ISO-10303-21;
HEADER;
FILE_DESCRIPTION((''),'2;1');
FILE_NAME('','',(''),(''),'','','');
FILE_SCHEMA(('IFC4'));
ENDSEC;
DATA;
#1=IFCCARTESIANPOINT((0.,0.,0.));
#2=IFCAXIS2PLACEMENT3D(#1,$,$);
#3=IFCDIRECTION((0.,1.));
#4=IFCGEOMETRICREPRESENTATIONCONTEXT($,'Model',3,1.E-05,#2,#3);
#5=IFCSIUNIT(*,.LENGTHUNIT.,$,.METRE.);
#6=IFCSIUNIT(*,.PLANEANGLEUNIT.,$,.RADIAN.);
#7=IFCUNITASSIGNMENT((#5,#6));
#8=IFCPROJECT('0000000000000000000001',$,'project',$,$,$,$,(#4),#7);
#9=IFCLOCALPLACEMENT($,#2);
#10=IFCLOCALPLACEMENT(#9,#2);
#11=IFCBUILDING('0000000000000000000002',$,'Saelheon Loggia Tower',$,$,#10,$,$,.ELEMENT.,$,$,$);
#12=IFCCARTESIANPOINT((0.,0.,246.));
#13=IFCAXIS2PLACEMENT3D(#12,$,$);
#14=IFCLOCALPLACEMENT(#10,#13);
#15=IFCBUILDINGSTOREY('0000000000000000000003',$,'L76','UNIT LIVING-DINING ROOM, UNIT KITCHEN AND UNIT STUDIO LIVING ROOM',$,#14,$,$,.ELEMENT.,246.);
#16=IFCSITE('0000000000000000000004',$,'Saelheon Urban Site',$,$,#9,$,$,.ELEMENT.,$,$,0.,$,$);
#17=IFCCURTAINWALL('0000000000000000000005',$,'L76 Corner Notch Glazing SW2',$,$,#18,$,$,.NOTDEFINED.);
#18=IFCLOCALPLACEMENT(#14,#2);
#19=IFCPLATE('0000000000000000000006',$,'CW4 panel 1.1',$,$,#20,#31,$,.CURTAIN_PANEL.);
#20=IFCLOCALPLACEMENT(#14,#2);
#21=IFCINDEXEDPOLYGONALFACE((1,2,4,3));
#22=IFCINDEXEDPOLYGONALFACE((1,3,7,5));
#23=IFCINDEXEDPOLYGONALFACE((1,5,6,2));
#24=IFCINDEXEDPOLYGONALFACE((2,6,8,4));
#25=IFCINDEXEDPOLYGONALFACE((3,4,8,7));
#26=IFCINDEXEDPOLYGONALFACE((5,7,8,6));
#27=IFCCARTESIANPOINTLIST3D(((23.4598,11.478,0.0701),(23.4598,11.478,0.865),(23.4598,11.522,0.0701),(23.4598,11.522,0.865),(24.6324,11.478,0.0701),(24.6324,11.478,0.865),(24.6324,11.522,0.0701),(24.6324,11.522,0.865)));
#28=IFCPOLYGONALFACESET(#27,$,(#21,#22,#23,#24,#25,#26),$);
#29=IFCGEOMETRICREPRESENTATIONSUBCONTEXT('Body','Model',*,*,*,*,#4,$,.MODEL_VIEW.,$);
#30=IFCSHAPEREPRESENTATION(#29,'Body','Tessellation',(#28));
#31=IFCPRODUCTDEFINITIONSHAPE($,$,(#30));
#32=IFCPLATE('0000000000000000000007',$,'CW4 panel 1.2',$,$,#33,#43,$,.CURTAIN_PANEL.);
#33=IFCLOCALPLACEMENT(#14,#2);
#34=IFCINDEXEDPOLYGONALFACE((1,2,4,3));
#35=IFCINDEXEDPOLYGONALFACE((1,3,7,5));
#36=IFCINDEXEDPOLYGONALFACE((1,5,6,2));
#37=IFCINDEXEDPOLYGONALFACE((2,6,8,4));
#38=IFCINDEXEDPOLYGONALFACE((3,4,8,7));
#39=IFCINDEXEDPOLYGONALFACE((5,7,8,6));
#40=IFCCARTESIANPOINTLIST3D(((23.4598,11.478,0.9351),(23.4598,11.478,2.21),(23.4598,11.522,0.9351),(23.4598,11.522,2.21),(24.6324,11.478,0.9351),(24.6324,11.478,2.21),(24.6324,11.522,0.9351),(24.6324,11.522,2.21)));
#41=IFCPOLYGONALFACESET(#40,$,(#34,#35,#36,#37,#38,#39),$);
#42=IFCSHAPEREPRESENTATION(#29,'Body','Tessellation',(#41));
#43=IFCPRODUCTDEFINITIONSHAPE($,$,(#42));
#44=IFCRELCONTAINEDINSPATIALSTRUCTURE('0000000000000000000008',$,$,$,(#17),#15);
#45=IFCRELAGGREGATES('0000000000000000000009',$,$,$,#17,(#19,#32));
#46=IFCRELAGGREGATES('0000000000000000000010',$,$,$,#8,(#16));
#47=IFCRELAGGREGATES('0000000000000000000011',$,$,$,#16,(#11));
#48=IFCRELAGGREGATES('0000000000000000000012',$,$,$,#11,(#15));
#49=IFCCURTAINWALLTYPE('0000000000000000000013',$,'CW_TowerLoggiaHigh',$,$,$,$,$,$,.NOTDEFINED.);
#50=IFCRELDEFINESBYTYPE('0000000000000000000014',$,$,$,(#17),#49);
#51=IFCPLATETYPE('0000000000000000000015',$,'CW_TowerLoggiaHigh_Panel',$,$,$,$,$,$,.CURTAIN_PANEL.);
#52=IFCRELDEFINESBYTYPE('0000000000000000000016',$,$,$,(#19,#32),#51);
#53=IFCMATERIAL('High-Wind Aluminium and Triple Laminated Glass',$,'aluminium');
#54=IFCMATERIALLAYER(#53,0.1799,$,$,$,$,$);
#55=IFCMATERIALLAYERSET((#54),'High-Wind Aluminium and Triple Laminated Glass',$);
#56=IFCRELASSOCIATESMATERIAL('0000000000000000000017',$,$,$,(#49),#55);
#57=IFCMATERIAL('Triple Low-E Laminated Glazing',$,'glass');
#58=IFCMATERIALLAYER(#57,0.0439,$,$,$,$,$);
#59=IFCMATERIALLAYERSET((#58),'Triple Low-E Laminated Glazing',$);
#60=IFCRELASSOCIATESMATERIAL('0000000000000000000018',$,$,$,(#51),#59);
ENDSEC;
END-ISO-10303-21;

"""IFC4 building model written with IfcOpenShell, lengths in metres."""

from ifc_helpers import new_model, si_unit, direction, frame, origin, origin_2d, place, context, subcontext, project, spatial, rectangle, extrude, source, transform, mapped, material, layer, layer_set, type_object, element, aggregate, save


model = new_model("IFC4")

# Units and contexts
model_context = context("Model", 3, precision=1e-05, world=origin(), true_north=direction((0.0, 1.0)))
body_context = subcontext(model_context, "Body", "Model", "MODEL_VIEW")
ifc_project = project(units=[si_unit("LENGTHUNIT", "METRE"), si_unit("PLANEANGLEUNIT", "RADIAN")], contexts=[model_context])

# Site, building, storey
site_placement = place(None, origin())
site = spatial("IfcSite", under=ifc_project, at=site_placement, Name="Saelheon Urban Site", CompositionType="ELEMENT", RefElevation=0.0)
building_placement = place(site_placement, origin())
building = spatial("IfcBuilding", under=site, at=building_placement, Name="Saelheon Loggia Tower", CompositionType="ELEMENT")
storey_placement = place(building_placement, frame((0.0, 0.0, 246.0)))
storey = spatial("IfcBuildingStorey", under=building, at=storey_placement, Name="L76", Description="UNIT LIVING-DINING ROOM, UNIT KITCHEN AND UNIT STUDIO LIVING ROOM", CompositionType="ELEMENT", Elevation=246.0)

# Curtain wall, plates
ifc_material_1 = material(Name="High-Wind Aluminium and Triple Laminated Glass", Category="aluminium")
ifc_layer_1 = layer(ifc_material_1, 0.1799)
ifc_layer_set_1 = layer_set([ifc_layer_1], Name="High-Wind Aluminium and Triple Laminated Glass")
curtain_wall_type = type_object("IfcCurtainWallType", Name="CW_TowerLoggiaHigh", PredefinedType="NOTDEFINED", material=ifc_layer_set_1)
curtain_wall_placement = place(storey_placement, origin())
curtain_wall = element("IfcCurtainWall", 1, at=curtain_wall_placement, inside=storey, type_object=curtain_wall_type, Name="L76 Corner Notch Glazing SW2", PredefinedType="NOTDEFINED")
ifc_material_2 = material(Name="Triple Low-E Laminated Glazing", Category="glass")
ifc_layer_2 = layer(ifc_material_2, 0.0439)
ifc_layer_set_2 = layer_set([ifc_layer_2], Name="Triple Low-E Laminated Glazing")
plate_type = type_object("IfcPlateType", Name="CW_TowerLoggiaHigh_Panel", PredefinedType="CURTAIN_PANEL", material=ifc_layer_set_2)
shared_shape_1 = source(origin(), body_context, "Body", "SweptSolid", [
    extrude(rectangle(XDim=1.1726, YDim=0.0439, at=origin_2d()), origin(), (0.0, 0.0, 1.0), 0.7949),
])
plate_1_placement = place(storey_placement, frame((24.0461, 11.5, 0.0701), z_axis=(0.0, 0.0, 1.0), x_axis=(1.0, 0.0, 0.0)))
plate_1 = element("IfcPlate", 2, at=plate_1_placement, type_object=plate_type, Name="CW4 panel 1.1", PredefinedType="CURTAIN_PANEL", context=body_context, shape_type="MappedRepresentation", body=[
    mapped(shared_shape_1, transform((0.0, 0.0, 0.0), scale=1.0)),
])
shared_shape_2 = source(origin(), body_context, "Body", "SweptSolid", [
    extrude(rectangle(XDim=1.1726, YDim=0.0439, at=origin_2d()), origin(), (0.0, 0.0, 1.0), 1.2749),
])
plate_2_placement = place(storey_placement, frame((24.0461, 11.5, 0.9351), z_axis=(0.0, 0.0, 1.0), x_axis=(1.0, 0.0, 0.0)))
plate_2 = element("IfcPlate", 3, at=plate_2_placement, type_object=plate_type, Name="CW4 panel 1.2", PredefinedType="CURTAIN_PANEL", context=body_context, shape_type="MappedRepresentation", body=[
    mapped(shared_shape_2, transform((0.0, 0.0, 0.0), scale=1.0)),
])
aggregate(curtain_wall, [plate_1, plate_2])

save(model, "model.ifc")
